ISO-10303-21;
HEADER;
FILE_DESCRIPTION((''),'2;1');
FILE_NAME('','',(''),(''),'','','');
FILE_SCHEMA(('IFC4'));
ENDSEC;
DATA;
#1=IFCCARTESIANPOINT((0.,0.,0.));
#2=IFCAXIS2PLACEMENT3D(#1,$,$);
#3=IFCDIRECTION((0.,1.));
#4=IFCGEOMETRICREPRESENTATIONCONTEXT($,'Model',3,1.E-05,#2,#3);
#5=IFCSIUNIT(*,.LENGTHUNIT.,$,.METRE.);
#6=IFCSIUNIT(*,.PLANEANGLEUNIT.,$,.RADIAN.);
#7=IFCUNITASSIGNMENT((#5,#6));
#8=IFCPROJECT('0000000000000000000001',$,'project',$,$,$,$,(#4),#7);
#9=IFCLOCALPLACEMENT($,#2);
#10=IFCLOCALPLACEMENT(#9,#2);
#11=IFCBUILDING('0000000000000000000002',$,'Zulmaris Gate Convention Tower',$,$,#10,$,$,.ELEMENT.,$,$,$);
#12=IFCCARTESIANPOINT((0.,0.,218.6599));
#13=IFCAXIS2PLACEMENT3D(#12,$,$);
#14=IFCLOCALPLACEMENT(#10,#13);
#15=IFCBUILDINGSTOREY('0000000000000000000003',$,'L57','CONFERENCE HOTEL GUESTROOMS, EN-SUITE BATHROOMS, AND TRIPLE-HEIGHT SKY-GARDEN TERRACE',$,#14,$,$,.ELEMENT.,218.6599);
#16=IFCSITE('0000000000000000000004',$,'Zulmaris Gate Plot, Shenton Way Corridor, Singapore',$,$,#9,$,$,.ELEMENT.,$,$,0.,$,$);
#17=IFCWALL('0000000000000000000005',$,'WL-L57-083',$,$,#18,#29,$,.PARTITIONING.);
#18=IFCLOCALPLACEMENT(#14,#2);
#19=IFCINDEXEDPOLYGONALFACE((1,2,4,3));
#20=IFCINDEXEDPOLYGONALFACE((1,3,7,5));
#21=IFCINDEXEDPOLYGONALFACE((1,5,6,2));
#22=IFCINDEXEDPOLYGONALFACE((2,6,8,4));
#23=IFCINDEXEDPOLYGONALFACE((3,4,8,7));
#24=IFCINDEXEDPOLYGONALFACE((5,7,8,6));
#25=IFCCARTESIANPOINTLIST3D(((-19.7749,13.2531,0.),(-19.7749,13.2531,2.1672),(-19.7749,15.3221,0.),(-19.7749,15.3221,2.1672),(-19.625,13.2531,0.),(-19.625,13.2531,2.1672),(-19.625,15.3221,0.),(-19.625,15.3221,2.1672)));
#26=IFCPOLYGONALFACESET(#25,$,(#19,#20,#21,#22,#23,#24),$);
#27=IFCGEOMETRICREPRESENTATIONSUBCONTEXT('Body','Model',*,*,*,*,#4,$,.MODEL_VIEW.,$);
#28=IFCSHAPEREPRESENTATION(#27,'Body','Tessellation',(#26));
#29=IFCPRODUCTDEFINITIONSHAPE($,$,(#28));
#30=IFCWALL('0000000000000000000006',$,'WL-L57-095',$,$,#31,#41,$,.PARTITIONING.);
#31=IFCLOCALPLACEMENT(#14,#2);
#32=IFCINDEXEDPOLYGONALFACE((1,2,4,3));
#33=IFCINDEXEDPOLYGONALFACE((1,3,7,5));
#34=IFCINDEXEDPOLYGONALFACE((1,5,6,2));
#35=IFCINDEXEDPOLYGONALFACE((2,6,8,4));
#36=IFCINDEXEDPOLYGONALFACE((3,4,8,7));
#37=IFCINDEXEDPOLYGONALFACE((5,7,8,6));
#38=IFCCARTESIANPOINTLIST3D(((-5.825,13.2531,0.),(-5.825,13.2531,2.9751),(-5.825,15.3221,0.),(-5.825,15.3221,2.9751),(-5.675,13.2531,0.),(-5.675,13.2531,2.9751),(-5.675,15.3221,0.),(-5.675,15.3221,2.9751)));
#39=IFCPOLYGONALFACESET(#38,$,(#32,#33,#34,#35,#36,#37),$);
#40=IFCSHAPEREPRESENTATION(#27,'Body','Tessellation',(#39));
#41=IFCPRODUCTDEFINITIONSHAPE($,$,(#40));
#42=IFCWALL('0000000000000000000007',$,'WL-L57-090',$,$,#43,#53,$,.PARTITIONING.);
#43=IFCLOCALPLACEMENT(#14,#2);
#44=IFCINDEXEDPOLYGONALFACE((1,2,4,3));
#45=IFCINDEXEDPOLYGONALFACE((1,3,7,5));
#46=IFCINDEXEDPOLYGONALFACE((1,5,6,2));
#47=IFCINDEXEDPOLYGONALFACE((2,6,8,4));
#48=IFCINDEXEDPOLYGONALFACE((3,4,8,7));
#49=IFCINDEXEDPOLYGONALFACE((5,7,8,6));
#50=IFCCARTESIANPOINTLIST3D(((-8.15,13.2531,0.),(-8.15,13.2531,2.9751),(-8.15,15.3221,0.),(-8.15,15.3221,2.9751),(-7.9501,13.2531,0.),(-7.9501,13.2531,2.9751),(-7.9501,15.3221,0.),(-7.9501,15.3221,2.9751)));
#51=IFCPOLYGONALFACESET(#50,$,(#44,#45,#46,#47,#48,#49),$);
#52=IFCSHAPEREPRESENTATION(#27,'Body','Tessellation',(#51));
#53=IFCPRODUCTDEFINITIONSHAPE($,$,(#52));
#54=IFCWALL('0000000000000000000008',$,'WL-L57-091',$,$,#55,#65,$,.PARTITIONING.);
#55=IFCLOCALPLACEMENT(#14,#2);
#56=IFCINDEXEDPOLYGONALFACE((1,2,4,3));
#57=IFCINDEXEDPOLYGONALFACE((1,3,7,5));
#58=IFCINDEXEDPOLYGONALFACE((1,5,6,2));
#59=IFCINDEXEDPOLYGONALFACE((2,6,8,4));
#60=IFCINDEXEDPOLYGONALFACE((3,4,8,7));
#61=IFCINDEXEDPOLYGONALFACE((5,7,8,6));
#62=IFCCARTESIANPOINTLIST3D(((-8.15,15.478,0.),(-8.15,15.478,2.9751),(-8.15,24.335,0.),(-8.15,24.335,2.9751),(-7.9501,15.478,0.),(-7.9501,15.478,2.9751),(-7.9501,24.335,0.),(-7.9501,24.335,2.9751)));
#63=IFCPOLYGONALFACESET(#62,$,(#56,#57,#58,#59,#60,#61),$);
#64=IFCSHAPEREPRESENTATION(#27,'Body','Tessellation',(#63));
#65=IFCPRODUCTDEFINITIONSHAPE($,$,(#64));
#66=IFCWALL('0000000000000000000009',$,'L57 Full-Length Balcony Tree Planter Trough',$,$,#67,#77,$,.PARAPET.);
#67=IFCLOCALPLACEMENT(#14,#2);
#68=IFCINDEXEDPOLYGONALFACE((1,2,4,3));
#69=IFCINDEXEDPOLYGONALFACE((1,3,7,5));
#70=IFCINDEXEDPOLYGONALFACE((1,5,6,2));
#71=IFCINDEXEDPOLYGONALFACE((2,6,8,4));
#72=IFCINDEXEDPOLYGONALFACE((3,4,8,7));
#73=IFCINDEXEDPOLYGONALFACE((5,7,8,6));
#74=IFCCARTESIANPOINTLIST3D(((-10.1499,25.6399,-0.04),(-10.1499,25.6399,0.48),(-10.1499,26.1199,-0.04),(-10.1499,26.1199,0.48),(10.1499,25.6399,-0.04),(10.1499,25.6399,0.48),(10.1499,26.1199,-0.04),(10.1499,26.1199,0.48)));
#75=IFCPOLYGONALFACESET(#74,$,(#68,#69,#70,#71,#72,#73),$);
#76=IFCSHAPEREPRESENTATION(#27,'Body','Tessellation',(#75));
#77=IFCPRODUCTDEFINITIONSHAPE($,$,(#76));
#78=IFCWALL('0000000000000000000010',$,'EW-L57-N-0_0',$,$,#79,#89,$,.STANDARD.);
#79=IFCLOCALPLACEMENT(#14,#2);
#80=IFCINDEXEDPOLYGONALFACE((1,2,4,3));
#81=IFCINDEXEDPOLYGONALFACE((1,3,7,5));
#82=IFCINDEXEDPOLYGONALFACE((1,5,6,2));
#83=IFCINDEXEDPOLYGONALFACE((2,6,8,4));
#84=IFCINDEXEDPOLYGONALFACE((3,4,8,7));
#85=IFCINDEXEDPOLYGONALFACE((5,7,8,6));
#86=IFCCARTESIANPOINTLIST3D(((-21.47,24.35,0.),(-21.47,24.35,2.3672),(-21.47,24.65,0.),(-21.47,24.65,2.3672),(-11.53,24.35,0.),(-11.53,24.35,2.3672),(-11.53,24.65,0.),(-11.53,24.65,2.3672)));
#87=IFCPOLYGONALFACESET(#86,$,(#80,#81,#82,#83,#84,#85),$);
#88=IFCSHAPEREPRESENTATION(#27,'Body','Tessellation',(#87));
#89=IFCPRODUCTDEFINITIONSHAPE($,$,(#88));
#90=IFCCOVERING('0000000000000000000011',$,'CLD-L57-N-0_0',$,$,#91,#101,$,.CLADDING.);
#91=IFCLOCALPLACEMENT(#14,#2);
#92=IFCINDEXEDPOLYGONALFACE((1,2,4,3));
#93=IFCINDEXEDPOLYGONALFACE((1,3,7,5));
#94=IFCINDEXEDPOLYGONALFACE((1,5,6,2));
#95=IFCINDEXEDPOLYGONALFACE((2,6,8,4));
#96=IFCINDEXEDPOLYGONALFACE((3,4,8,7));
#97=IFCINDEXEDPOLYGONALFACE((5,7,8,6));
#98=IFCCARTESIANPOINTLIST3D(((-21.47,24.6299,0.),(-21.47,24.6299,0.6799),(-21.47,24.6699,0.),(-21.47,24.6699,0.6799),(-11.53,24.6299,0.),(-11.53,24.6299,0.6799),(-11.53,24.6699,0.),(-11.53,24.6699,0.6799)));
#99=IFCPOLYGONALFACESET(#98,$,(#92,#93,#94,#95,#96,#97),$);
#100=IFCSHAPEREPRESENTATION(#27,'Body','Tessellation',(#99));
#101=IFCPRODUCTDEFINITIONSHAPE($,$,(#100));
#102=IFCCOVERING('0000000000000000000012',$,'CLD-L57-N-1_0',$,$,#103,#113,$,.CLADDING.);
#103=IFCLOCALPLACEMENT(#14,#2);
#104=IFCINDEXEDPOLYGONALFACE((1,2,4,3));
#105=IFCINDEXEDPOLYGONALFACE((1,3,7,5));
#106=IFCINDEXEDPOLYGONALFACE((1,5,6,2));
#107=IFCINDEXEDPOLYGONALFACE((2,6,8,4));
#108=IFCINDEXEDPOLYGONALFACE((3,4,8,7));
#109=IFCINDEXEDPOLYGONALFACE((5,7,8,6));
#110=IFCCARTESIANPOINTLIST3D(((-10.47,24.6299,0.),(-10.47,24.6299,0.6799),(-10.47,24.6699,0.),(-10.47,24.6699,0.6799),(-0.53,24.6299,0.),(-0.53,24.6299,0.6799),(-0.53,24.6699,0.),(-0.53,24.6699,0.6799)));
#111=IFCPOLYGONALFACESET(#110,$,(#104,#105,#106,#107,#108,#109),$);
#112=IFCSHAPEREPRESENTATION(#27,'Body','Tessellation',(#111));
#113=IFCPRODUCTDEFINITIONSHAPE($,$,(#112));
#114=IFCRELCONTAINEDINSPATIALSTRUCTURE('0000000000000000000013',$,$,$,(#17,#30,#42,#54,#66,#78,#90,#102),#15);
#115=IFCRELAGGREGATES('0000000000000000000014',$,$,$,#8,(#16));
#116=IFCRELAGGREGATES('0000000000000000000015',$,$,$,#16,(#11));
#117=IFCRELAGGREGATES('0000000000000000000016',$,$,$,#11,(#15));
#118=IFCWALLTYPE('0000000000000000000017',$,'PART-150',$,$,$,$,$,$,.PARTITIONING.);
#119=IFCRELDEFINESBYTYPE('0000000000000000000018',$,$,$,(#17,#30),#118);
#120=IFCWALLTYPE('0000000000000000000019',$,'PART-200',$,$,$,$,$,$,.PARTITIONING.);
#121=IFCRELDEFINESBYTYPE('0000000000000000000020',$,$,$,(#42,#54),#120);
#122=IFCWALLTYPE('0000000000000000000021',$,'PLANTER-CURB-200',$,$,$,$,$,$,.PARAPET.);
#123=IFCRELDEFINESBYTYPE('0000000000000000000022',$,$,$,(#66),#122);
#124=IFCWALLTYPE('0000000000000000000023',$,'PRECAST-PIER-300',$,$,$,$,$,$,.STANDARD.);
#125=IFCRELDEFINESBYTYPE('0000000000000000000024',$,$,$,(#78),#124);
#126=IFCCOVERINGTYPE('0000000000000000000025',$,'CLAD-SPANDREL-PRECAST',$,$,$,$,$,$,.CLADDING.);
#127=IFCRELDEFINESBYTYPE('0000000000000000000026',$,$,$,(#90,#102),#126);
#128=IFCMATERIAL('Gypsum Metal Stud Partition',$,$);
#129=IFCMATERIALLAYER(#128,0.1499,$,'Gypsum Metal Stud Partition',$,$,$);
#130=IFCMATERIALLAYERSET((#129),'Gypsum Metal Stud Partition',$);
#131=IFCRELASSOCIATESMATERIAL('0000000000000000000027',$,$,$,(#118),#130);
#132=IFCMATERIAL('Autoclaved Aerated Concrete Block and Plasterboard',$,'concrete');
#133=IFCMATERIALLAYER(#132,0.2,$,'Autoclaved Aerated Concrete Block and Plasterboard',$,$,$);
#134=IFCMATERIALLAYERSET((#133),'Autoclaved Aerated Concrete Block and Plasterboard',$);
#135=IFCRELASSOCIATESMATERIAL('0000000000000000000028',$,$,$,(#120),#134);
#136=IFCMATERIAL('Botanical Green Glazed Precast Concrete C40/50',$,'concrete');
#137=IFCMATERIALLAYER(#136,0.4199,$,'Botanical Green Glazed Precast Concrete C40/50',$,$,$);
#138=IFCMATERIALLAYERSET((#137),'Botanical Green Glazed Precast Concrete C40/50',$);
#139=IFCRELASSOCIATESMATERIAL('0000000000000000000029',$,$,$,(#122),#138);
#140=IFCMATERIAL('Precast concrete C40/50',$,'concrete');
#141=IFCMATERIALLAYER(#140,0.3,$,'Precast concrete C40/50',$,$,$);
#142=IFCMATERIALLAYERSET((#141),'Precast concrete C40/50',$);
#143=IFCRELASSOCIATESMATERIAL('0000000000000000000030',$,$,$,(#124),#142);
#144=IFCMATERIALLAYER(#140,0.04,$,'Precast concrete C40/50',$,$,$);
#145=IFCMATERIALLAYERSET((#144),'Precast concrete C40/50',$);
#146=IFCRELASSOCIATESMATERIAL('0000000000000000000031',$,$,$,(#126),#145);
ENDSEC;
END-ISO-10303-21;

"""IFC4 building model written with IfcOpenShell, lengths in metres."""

from ifc_helpers import new_model, si_unit, direction, frame, frame_2d, origin, place, context, subcontext, project, spatial, rectangle, extrude, material, layer, layer_set, type_object, element, save


model = new_model("IFC4")

# Units and contexts
model_context = context("Model", 3, precision=1e-05, world=origin(), true_north=direction((0.0, 1.0)))
body_context = subcontext(model_context, "Body", "Model", "MODEL_VIEW")
ifc_project = project(units=[si_unit("LENGTHUNIT", "METRE"), si_unit("PLANEANGLEUNIT", "RADIAN")], contexts=[model_context])

# Site, building, storey
site_placement = place(None, origin())
site = spatial("IfcSite", under=ifc_project, at=site_placement, Name="Zulmaris Gate Plot, Shenton Way Corridor, Singapore", CompositionType="ELEMENT", RefElevation=0.0)
building_placement = place(site_placement, origin())
building = spatial("IfcBuilding", under=site, at=building_placement, Name="Zulmaris Gate Convention Tower", CompositionType="ELEMENT")
storey_placement = place(building_placement, frame((0.0, 0.0, 218.6599)))
storey = spatial("IfcBuildingStorey", under=building, at=storey_placement, Name="L57", Description="CONFERENCE HOTEL GUESTROOMS, EN-SUITE BATHROOMS, AND TRIPLE-HEIGHT SKY-GARDEN TERRACE", CompositionType="ELEMENT", Elevation=218.6599)

# Shared definitions
ifc_material_1 = material(Name="Gypsum Metal Stud Partition")
ifc_layer_1 = layer(ifc_material_1, 0.1499, Name="Gypsum Metal Stud Partition")
ifc_layer_set_1 = layer_set([ifc_layer_1], Name="Gypsum Metal Stud Partition")
wall_type_1 = type_object("IfcWallType", Name="PART-150", PredefinedType="PARTITIONING", material=ifc_layer_set_1)

# Wall
wall_1_placement = place(storey_placement, frame((-19.7, 13.2529, 0.0), z_axis=(0.0, 0.0, 1.0), x_axis=(0.0, 1.0, 0.0)))
element("IfcWall", 1, at=wall_1_placement, inside=storey, type_object=wall_type_1, Name="WL-L57-083", PredefinedType="PARTITIONING", context=body_context, shape_type="SweptSolid", body=[
    extrude(rectangle(XDim=2.0691, YDim=0.1499, at=frame_2d((1.0347, 0.0))), origin(), (0.0, 0.0, 1.0), 2.1672),
])

# Walls
wall_2_placement = place(storey_placement, frame((-5.75, 13.2529, 0.0), z_axis=(0.0, 0.0, 1.0), x_axis=(0.0, 1.0, 0.0)))
element("IfcWall", 2, at=wall_2_placement, inside=storey, type_object=wall_type_1, Name="WL-L57-095", PredefinedType="PARTITIONING", context=body_context, shape_type="SweptSolid", body=[
    extrude(rectangle(XDim=2.0691, YDim=0.1499, at=frame_2d((1.0347, 0.0))), origin(), (0.0, 0.0, 1.0), 2.9751),
])
ifc_material_2 = material(Name="Autoclaved Aerated Concrete Block and Plasterboard", Category="concrete")
ifc_layer_2 = layer(ifc_material_2, 0.2, Name="Autoclaved Aerated Concrete Block and Plasterboard")
ifc_layer_set_2 = layer_set([ifc_layer_2], Name="Autoclaved Aerated Concrete Block and Plasterboard")
wall_type_2 = type_object("IfcWallType", Name="PART-200", PredefinedType="PARTITIONING", material=ifc_layer_set_2)
wall_3_placement = place(storey_placement, frame((-8.05, 13.2529, 0.0), z_axis=(0.0, 0.0, 1.0), x_axis=(0.0, 1.0, 0.0)))
element("IfcWall", 3, at=wall_3_placement, inside=storey, type_object=wall_type_2, Name="WL-L57-090", PredefinedType="PARTITIONING", context=body_context, shape_type="SweptSolid", body=[
    extrude(rectangle(XDim=2.0691, YDim=0.2, at=frame_2d((1.0347, 0.0))), origin(), (0.0, 0.0, 1.0), 2.9751),
])
wall_4_placement = place(storey_placement, frame((-8.05, 15.478, 0.0), z_axis=(0.0, 0.0, 1.0), x_axis=(0.0, 1.0, 0.0)))
element("IfcWall", 4, at=wall_4_placement, inside=storey, type_object=wall_type_2, Name="WL-L57-091", PredefinedType="PARTITIONING", context=body_context, shape_type="SweptSolid", body=[
    extrude(rectangle(XDim=8.8569, YDim=0.2, at=frame_2d((4.4285, 0.0))), origin(), (0.0, 0.0, 1.0), 2.9751),
])
ifc_material_3 = material(Name="Botanical Green Glazed Precast Concrete C40/50", Category="concrete")
ifc_layer_3 = layer(ifc_material_3, 0.4199, Name="Botanical Green Glazed Precast Concrete C40/50")
ifc_layer_set_3 = layer_set([ifc_layer_3], Name="Botanical Green Glazed Precast Concrete C40/50")
wall_type_3 = type_object("IfcWallType", Name="PLANTER-CURB-200", PredefinedType="PARAPET", material=ifc_layer_set_3)
wall_5_placement = place(storey_placement, frame((-10.1499, 25.8799, -0.04), z_axis=(0.0, 0.0, 1.0), x_axis=(1.0, 0.0, 0.0)))
element("IfcWall", 5, at=wall_5_placement, inside=storey, type_object=wall_type_3, Name="L57 Full-Length Balcony Tree Planter Trough", PredefinedType="PARAPET", context=body_context, shape_type="SweptSolid", body=[
    extrude(rectangle(XDim=20.2998, YDim=0.48, at=frame_2d((10.1499, 0.0))), origin(), (0.0, 0.0, 1.0), 0.52),
])
ifc_material_4 = material(Name="Precast concrete C40/50", Category="concrete")
ifc_layer_4 = layer(ifc_material_4, 0.3, Name="Precast concrete C40/50")
ifc_layer_set_4 = layer_set([ifc_layer_4], Name="Precast concrete C40/50")
wall_type_4 = type_object("IfcWallType", Name="PRECAST-PIER-300", PredefinedType="STANDARD", material=ifc_layer_set_4)
wall_6_placement = place(storey_placement, frame((-11.53, 24.5, 0.0), z_axis=(0.0, 0.0, 1.0), x_axis=(-1.0, 0.0, 0.0)))
element("IfcWall", 6, at=wall_6_placement, inside=storey, type_object=wall_type_4, Name="EW-L57-N-0_0", PredefinedType="STANDARD", context=body_context, shape_type="SweptSolid", body=[
    extrude(rectangle(XDim=9.9399, YDim=0.3, at=frame_2d((4.97, 0.0))), origin(), (0.0, 0.0, 1.0), 2.3672),
])

# Coverings
ifc_layer_5 = layer(ifc_material_4, 0.04, Name="Precast concrete C40/50")
ifc_layer_set_5 = layer_set([ifc_layer_5], Name="Precast concrete C40/50")
covering_type = type_object("IfcCoveringType", Name="CLAD-SPANDREL-PRECAST", PredefinedType="CLADDING", material=ifc_layer_set_5)
for number, where, z_axis, x_axis, name in (
    (7, (-11.53, 24.6499, 0.0), (0.0, 0.0, 1.0), (-1.0, 0.0, 0.0), "CLD-L57-N-0_0"),
    (8, (-0.53, 24.6499, 0.0), (0.0, 0.0, 1.0), (-1.0, 0.0, 0.0), "CLD-L57-N-1_0"),
):
    element("IfcCovering", number, at=place(storey_placement, frame(where, z_axis=z_axis, x_axis=x_axis)), inside=storey, type_object=covering_type, Name=name, PredefinedType="CLADDING", context=body_context, shape_type="SweptSolid", body=[
        extrude(rectangle(XDim=9.9399, YDim=0.04, at=frame_2d((4.97, 0.0))), origin(), (0.0, 0.0, 1.0), 0.6799),
    ])

save(model, "model.ifc")
